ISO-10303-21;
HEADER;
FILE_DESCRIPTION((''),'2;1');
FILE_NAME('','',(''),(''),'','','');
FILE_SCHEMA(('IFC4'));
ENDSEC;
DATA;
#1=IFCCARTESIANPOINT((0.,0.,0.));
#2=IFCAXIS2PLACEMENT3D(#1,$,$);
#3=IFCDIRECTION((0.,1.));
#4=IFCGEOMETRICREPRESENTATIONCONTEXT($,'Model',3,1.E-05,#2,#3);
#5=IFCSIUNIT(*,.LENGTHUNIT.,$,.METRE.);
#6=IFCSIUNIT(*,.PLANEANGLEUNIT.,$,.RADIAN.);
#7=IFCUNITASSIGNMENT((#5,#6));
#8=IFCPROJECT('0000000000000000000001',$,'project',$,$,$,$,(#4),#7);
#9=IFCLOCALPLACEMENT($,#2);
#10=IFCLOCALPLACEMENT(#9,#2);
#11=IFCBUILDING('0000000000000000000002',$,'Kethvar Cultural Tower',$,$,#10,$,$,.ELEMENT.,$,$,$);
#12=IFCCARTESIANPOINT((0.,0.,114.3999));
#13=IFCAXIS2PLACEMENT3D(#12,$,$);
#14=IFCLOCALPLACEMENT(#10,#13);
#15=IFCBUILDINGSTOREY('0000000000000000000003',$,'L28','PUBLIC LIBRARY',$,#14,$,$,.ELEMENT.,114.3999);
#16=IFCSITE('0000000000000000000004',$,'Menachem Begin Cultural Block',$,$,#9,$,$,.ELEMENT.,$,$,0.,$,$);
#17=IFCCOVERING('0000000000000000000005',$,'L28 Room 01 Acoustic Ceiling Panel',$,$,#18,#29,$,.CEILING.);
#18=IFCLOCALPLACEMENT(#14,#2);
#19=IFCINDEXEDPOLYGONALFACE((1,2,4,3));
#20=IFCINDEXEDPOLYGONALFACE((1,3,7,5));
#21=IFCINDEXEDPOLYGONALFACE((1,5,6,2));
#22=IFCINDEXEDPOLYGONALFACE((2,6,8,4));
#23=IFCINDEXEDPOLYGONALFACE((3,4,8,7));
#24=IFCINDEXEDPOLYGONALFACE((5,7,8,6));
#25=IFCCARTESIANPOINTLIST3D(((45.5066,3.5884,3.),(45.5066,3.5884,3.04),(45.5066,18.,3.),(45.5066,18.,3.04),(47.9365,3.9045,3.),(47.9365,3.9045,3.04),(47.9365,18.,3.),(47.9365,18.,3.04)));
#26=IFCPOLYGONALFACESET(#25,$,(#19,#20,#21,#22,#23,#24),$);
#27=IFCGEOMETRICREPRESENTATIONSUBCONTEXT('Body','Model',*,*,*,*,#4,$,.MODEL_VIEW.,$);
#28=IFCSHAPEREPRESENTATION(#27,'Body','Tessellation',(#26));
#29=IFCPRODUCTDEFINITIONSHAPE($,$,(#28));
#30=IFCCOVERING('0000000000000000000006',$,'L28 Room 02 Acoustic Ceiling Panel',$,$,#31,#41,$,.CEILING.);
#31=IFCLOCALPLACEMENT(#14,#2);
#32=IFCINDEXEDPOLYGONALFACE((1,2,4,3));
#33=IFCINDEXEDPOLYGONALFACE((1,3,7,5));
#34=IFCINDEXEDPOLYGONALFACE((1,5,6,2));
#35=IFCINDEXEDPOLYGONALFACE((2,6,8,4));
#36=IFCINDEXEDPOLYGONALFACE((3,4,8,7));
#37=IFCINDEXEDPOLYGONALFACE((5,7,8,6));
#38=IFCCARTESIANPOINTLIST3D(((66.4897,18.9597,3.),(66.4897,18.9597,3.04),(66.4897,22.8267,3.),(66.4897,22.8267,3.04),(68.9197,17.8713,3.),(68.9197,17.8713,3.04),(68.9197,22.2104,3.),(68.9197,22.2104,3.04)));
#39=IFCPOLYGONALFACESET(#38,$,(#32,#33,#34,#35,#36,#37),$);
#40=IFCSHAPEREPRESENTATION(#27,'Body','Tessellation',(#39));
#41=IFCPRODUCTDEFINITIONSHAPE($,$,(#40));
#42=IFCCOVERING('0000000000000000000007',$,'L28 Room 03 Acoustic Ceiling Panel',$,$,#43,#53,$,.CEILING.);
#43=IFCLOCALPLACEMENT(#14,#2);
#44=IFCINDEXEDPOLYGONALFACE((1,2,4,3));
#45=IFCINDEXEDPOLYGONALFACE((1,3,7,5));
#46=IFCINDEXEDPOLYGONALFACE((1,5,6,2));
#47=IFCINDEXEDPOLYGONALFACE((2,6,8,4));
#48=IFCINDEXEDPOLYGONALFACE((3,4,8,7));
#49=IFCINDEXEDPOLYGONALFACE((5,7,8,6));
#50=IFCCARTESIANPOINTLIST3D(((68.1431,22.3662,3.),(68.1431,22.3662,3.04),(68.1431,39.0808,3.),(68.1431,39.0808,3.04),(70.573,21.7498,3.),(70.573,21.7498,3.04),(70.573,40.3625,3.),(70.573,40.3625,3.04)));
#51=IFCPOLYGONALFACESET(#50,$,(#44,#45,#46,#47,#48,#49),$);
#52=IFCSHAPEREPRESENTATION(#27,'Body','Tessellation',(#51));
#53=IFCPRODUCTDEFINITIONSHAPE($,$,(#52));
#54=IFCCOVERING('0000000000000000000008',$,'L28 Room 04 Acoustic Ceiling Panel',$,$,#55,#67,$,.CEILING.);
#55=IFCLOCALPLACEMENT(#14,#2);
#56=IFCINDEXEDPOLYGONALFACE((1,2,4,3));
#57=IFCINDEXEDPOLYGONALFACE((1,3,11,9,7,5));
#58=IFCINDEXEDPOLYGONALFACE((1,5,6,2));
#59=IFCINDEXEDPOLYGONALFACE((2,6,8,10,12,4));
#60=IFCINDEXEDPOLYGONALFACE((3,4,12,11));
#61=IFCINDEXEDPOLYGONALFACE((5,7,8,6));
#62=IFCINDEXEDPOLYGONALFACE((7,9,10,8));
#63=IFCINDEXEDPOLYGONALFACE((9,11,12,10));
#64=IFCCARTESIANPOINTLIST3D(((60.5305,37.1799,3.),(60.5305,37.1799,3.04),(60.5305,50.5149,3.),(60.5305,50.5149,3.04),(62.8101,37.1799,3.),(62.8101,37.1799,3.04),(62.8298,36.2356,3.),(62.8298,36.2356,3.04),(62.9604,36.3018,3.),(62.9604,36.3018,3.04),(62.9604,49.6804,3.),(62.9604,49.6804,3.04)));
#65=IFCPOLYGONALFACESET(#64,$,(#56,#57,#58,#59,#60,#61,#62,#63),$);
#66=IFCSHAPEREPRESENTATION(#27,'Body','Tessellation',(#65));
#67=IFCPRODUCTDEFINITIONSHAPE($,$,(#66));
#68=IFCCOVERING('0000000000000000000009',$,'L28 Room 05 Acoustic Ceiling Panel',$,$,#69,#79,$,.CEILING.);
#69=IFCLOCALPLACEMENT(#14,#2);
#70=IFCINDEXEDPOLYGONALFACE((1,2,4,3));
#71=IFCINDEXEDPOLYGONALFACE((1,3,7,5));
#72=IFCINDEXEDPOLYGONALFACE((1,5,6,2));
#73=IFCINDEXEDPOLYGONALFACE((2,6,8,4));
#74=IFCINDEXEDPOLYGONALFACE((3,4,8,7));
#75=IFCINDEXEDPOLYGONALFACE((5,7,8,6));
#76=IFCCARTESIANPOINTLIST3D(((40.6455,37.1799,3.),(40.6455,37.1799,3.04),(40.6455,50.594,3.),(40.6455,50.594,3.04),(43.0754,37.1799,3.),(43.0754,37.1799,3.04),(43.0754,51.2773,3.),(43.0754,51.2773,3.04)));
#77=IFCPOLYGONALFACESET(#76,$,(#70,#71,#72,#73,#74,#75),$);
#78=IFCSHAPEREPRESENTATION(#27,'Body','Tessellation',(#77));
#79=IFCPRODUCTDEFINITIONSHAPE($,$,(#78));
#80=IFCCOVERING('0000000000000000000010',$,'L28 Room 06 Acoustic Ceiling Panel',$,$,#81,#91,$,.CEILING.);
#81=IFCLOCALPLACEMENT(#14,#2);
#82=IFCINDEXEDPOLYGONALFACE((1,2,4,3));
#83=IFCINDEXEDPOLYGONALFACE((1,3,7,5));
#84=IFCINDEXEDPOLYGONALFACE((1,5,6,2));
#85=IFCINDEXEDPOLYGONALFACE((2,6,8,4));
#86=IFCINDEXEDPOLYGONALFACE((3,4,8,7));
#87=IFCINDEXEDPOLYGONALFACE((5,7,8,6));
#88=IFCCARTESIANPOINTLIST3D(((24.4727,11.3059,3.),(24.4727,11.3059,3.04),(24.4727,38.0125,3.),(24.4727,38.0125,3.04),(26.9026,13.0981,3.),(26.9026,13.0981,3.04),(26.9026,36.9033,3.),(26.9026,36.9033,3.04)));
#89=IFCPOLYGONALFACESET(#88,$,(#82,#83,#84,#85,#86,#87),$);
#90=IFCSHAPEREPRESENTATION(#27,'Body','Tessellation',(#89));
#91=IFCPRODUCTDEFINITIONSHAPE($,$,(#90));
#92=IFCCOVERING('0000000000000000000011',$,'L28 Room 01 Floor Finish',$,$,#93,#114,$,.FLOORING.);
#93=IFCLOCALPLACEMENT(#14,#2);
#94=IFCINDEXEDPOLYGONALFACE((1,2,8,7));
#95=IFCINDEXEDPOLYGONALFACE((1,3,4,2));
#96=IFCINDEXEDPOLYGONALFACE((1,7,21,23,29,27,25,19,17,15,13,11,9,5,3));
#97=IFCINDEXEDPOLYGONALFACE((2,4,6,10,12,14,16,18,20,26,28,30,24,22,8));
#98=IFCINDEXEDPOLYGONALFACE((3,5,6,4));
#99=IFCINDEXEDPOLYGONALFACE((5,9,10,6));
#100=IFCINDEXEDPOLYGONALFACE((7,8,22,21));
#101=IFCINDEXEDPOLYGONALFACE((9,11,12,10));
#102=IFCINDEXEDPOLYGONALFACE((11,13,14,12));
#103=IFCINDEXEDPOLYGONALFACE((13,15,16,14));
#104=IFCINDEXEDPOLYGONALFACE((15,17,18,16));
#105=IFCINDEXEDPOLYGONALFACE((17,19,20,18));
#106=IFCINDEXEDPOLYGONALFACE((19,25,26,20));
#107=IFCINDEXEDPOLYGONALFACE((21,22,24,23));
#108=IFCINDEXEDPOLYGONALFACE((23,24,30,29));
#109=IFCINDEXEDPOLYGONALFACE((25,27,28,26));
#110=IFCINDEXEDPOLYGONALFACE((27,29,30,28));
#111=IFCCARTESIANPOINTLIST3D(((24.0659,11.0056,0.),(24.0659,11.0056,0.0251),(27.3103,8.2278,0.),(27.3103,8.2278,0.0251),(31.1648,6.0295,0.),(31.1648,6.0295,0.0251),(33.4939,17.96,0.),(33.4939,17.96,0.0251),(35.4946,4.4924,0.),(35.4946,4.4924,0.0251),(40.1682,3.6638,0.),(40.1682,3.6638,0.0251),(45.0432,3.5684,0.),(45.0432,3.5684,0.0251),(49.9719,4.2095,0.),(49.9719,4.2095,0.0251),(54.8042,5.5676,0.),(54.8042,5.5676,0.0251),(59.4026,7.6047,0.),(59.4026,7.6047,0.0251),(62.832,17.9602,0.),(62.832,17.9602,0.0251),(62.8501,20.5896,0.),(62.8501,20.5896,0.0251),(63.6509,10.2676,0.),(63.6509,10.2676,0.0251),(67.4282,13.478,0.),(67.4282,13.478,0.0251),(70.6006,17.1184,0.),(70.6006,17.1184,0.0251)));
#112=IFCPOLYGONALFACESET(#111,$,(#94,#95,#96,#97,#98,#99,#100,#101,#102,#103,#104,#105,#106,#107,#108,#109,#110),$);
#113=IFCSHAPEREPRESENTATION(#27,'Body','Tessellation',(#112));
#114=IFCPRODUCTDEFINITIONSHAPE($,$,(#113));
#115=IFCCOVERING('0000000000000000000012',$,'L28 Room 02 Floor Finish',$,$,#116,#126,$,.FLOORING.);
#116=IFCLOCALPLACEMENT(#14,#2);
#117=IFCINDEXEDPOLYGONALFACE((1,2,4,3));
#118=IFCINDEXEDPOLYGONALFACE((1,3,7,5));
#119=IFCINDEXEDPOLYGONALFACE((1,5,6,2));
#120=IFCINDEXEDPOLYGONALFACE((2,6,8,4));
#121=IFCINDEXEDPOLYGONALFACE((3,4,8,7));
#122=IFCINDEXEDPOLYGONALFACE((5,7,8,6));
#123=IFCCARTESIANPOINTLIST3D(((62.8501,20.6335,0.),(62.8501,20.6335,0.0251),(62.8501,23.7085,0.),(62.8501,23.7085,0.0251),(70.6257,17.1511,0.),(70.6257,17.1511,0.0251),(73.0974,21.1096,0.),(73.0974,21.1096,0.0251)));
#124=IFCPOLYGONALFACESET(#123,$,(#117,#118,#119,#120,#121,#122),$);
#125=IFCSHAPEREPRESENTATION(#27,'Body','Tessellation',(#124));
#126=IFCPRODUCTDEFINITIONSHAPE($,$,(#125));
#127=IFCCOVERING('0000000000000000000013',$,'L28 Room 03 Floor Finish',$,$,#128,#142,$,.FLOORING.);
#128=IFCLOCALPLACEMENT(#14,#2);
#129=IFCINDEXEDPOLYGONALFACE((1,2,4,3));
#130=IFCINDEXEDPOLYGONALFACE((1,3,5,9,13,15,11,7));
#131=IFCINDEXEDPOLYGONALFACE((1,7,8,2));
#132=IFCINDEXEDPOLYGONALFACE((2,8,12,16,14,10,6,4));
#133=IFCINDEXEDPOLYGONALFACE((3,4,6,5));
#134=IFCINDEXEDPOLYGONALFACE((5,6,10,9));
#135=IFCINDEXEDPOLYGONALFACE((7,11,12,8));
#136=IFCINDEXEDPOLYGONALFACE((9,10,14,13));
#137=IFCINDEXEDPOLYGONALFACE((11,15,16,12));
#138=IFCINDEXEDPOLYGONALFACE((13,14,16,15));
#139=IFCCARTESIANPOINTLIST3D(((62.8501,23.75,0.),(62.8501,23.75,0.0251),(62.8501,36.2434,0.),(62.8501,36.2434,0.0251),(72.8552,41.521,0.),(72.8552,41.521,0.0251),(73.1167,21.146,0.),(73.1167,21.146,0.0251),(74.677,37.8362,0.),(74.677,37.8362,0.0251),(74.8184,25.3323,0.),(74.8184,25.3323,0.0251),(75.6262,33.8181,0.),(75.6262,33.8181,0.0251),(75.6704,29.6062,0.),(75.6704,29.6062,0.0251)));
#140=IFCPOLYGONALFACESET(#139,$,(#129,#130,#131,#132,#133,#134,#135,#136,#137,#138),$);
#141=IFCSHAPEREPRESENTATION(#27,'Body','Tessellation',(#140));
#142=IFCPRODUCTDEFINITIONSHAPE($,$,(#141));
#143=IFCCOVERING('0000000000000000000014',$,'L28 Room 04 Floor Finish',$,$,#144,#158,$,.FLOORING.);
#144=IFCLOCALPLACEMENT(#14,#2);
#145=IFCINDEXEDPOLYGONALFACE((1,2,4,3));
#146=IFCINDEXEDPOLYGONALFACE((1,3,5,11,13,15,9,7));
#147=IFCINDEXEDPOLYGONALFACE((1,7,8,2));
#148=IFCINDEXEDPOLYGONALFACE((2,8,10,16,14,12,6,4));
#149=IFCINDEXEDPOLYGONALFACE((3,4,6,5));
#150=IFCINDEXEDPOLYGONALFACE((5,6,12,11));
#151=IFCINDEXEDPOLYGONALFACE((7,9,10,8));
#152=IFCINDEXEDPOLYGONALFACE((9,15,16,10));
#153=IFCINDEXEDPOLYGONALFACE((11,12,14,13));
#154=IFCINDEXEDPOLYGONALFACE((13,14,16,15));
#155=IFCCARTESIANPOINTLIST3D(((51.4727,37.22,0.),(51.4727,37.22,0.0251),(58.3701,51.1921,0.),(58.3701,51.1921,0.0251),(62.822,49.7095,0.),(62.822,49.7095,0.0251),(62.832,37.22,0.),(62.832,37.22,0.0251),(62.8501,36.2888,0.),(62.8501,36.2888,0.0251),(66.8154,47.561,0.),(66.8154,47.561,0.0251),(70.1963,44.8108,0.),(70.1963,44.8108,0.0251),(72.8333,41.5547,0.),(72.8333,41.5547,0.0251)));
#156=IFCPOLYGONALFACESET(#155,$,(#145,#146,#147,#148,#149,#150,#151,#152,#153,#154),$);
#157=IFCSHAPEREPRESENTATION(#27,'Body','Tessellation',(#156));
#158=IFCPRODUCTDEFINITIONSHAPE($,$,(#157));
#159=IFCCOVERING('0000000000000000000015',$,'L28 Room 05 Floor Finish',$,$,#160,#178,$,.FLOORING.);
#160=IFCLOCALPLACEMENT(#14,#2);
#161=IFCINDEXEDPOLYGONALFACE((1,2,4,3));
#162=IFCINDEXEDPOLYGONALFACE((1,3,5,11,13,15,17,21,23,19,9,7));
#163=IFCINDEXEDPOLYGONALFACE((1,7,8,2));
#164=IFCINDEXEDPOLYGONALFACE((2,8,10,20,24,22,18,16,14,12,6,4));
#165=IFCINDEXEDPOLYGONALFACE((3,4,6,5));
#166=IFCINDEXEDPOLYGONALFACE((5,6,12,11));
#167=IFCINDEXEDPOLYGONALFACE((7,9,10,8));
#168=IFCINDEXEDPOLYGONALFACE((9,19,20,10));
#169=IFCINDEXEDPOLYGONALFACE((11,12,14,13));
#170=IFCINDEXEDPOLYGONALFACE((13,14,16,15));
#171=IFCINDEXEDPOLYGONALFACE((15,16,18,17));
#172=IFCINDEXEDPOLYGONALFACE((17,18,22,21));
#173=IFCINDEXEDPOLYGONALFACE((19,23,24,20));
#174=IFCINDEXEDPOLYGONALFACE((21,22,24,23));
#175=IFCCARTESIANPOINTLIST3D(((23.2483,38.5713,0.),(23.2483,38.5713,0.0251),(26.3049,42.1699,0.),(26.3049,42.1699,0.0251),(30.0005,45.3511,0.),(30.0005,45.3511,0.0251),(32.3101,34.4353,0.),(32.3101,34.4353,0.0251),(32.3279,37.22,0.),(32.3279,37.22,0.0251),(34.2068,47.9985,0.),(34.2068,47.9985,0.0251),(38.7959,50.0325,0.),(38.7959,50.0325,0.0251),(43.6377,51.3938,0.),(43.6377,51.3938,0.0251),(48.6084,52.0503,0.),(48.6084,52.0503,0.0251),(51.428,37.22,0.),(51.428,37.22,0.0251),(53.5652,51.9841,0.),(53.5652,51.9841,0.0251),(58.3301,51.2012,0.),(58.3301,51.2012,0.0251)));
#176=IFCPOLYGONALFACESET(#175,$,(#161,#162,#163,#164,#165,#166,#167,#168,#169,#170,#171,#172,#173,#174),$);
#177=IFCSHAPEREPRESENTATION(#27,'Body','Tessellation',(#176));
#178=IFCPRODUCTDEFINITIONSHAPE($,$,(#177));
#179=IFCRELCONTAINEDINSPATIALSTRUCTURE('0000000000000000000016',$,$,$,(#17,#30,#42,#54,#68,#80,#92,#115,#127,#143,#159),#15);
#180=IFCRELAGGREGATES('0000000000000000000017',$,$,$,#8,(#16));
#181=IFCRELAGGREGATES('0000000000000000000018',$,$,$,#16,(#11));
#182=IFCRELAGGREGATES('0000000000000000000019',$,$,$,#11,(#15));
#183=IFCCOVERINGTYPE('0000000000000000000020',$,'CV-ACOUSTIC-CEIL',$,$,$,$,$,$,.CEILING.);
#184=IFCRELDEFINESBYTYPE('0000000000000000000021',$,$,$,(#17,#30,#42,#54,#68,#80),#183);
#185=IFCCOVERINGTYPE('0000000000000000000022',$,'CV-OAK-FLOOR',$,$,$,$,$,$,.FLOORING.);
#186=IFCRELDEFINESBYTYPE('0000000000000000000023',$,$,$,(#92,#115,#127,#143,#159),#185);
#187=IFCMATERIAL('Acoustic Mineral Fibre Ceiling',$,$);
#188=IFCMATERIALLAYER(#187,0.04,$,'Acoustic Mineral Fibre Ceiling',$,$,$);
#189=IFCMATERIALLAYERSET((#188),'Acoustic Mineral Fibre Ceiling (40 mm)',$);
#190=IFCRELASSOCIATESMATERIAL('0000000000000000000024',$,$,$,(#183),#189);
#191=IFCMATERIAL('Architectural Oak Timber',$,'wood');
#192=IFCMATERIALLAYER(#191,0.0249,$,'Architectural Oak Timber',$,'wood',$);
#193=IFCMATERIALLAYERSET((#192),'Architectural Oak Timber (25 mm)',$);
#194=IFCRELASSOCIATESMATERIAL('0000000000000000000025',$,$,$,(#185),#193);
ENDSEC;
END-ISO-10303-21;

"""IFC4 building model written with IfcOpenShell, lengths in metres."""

from ifc_helpers import new_model, si_unit, direction, frame, origin, place, context, subcontext, project, spatial, polyline, outline, extrude, material, layer, layer_set, type_object, element, save


model = new_model("IFC4")

# Units and contexts
model_context = context("Model", 3, precision=1e-05, world=origin(), true_north=direction((0.0, 1.0)))
body_context = subcontext(model_context, "Body", "Model", "MODEL_VIEW")
ifc_project = project(units=[si_unit("LENGTHUNIT", "METRE"), si_unit("PLANEANGLEUNIT", "RADIAN")], contexts=[model_context])

# Site, building, storey
site_placement = place(None, origin())
site = spatial("IfcSite", under=ifc_project, at=site_placement, Name="Menachem Begin Cultural Block", CompositionType="ELEMENT", RefElevation=0.0)
building_placement = place(site_placement, origin())
building = spatial("IfcBuilding", under=site, at=building_placement, Name="Kethvar Cultural Tower", CompositionType="ELEMENT")
storey_placement = place(building_placement, frame((0.0, 0.0, 114.3999)))
storey = spatial("IfcBuildingStorey", under=building, at=storey_placement, Name="L28", Description="PUBLIC LIBRARY", CompositionType="ELEMENT", Elevation=114.3999)

# Coverings
ifc_material_1 = material(Name="Acoustic Mineral Fibre Ceiling")
ifc_layer_1 = layer(ifc_material_1, 0.04, Name="Acoustic Mineral Fibre Ceiling")
ifc_layer_set_1 = layer_set([ifc_layer_1], Name="Acoustic Mineral Fibre Ceiling (40 mm)")
covering_type_1 = type_object("IfcCoveringType", Name="CV-ACOUSTIC-CEIL", PredefinedType="CEILING", material=ifc_layer_set_1)
covering_1_placement = place(storey_placement, frame((0.0, 0.0, 3.0)))
element("IfcCovering", 1, at=covering_1_placement, inside=storey, type_object=covering_type_1, Name="L28 Room 01 Acoustic Ceiling Panel", PredefinedType="CEILING", context=body_context, shape_type="SweptSolid", body=[
    extrude(outline(polyline([(45.5066, 3.5884), (45.5066, 18.0), (47.9365, 18.0), (47.9365, 3.9045), (45.5066, 3.5884)])), origin(), (0.0, 0.0, 1.0), 0.04),
])
covering_2_placement = place(storey_placement, frame((0.0, 0.0, 3.0)))
element("IfcCovering", 2, at=covering_2_placement, inside=storey, type_object=covering_type_1, Name="L28 Room 02 Acoustic Ceiling Panel", PredefinedType="CEILING", context=body_context, shape_type="SweptSolid", body=[
    extrude(outline(polyline([(66.4897, 18.9597), (66.4897, 22.8267), (68.9197, 22.2104), (68.9197, 17.8713), (66.4897, 18.9597)])), origin(), (0.0, 0.0, 1.0), 0.04),
])
covering_3_placement = place(storey_placement, frame((0.0, 0.0, 3.0)))
element("IfcCovering", 3, at=covering_3_placement, inside=storey, type_object=covering_type_1, Name="L28 Room 03 Acoustic Ceiling Panel", PredefinedType="CEILING", context=body_context, shape_type="SweptSolid", body=[
    extrude(outline(polyline([(68.1431, 22.3662), (68.1431, 39.0808), (70.573, 40.3625), (70.573, 21.7498), (68.1431, 22.3662)])), origin(), (0.0, 0.0, 1.0), 0.04),
])
covering_4_placement = place(storey_placement, frame((0.0, 0.0, 3.0)))
element("IfcCovering", 4, at=covering_4_placement, inside=storey, type_object=covering_type_1, Name="L28 Room 04 Acoustic Ceiling Panel", PredefinedType="CEILING", context=body_context, shape_type="SweptSolid", body=[
    extrude(outline(polyline([(60.5305, 50.5149), (62.9604, 49.6804), (62.9604, 36.3018), (62.8298, 36.2356), (62.8101, 37.1799), (60.5305, 37.1799), (60.5305, 50.5149)])), origin(), (0.0, 0.0, 1.0), 0.04),
])
covering_5_placement = place(storey_placement, frame((0.0, 0.0, 3.0)))
element("IfcCovering", 5, at=covering_5_placement, inside=storey, type_object=covering_type_1, Name="L28 Room 05 Acoustic Ceiling Panel", PredefinedType="CEILING", context=body_context, shape_type="SweptSolid", body=[
    extrude(outline(polyline([(43.0754, 51.2773), (43.0754, 37.1799), (40.6455, 37.1799), (40.6455, 50.594), (43.0754, 51.2773)])), origin(), (0.0, 0.0, 1.0), 0.04),
])
covering_6_placement = place(storey_placement, frame((0.0, 0.0, 3.0)))
element("IfcCovering", 6, at=covering_6_placement, inside=storey, type_object=covering_type_1, Name="L28 Room 06 Acoustic Ceiling Panel", PredefinedType="CEILING", context=body_context, shape_type="SweptSolid", body=[
    extrude(outline(polyline([(26.9026, 36.9033), (26.9026, 13.0981), (24.4727, 11.3059), (24.4727, 38.0125), (26.9026, 36.9033)])), origin(), (0.0, 0.0, 1.0), 0.04),
])
ifc_material_2 = material(Name="Architectural Oak Timber", Category="wood")
ifc_layer_2 = layer(ifc_material_2, 0.0249, Name="Architectural Oak Timber", Category="wood")
ifc_layer_set_2 = layer_set([ifc_layer_2], Name="Architectural Oak Timber (25 mm)")
covering_type_2 = type_object("IfcCoveringType", Name="CV-OAK-FLOOR", PredefinedType="FLOORING", material=ifc_layer_set_2)
covering_7_placement = place(storey_placement, origin())
element("IfcCovering", 7, at=covering_7_placement, inside=storey, type_object=covering_type_2, Name="L28 Room 01 Floor Finish", PredefinedType="FLOORING", context=body_context, shape_type="SweptSolid", body=[
    extrude(outline(polyline([(67.4282, 13.478), (63.6509, 10.2676), (59.4026, 7.6047), (54.8042, 5.5676), (49.9719, 4.2095), (45.0432, 3.5684), (40.1682, 3.6638), (35.4946, 4.4924), (31.1648, 6.0295), (27.3103, 8.2278), (24.0659, 11.0056), (33.4939, 17.96), (62.832, 17.9602), (62.8501, 20.5896), (70.6006, 17.1184), (67.4282, 13.478)])), origin(), (0.0, 0.0, 1.0), 0.0251),
])
covering_8_placement = place(storey_placement, origin())
element("IfcCovering", 8, at=covering_8_placement, inside=storey, type_object=covering_type_2, Name="L28 Room 02 Floor Finish", PredefinedType="FLOORING", context=body_context, shape_type="SweptSolid", body=[
    extrude(outline(polyline([(70.6257, 17.1511), (62.8501, 20.6335), (62.8501, 23.7085), (73.0974, 21.1096), (70.6257, 17.1511)])), origin(), (0.0, 0.0, 1.0), 0.0251),
])
covering_9_placement = place(storey_placement, origin())
element("IfcCovering", 9, at=covering_9_placement, inside=storey, type_object=covering_type_2, Name="L28 Room 03 Floor Finish", PredefinedType="FLOORING", context=body_context, shape_type="SweptSolid", body=[
    extrude(outline(polyline([(75.6704, 29.6062), (74.8184, 25.3323), (73.1167, 21.146), (62.8501, 23.75), (62.8501, 36.2434), (72.8552, 41.521), (74.677, 37.8362), (75.6262, 33.8181), (75.6704, 29.6062)])), origin(), (0.0, 0.0, 1.0), 0.0251),
])
covering_10_placement = place(storey_placement, origin())
element("IfcCovering", 10, at=covering_10_placement, inside=storey, type_object=covering_type_2, Name="L28 Room 04 Floor Finish", PredefinedType="FLOORING", context=body_context, shape_type="SweptSolid", body=[
    extrude(outline(polyline([(62.822, 49.7095), (66.8154, 47.561), (70.1963, 44.8108), (72.8333, 41.5547), (62.8501, 36.2888), (62.832, 37.22), (51.4727, 37.22), (58.3701, 51.1921), (62.822, 49.7095)])), origin(), (0.0, 0.0, 1.0), 0.0251),
])
covering_11_placement = place(storey_placement, origin())
element("IfcCovering", 11, at=covering_11_placement, inside=storey, type_object=covering_type_2, Name="L28 Room 05 Floor Finish", PredefinedType="FLOORING", context=body_context, shape_type="SweptSolid", body=[
    extrude(outline(polyline([(26.3049, 42.1699), (30.0005, 45.3511), (34.2068, 47.9985), (38.7959, 50.0325), (43.6377, 51.3938), (48.6084, 52.0503), (53.5652, 51.9841), (58.3301, 51.2012), (51.428, 37.22), (32.3279, 37.22), (32.3101, 34.4353), (23.2483, 38.5713), (26.3049, 42.1699)])), origin(), (0.0, 0.0, 1.0), 0.0251),
])

save(model, "model.ifc")
